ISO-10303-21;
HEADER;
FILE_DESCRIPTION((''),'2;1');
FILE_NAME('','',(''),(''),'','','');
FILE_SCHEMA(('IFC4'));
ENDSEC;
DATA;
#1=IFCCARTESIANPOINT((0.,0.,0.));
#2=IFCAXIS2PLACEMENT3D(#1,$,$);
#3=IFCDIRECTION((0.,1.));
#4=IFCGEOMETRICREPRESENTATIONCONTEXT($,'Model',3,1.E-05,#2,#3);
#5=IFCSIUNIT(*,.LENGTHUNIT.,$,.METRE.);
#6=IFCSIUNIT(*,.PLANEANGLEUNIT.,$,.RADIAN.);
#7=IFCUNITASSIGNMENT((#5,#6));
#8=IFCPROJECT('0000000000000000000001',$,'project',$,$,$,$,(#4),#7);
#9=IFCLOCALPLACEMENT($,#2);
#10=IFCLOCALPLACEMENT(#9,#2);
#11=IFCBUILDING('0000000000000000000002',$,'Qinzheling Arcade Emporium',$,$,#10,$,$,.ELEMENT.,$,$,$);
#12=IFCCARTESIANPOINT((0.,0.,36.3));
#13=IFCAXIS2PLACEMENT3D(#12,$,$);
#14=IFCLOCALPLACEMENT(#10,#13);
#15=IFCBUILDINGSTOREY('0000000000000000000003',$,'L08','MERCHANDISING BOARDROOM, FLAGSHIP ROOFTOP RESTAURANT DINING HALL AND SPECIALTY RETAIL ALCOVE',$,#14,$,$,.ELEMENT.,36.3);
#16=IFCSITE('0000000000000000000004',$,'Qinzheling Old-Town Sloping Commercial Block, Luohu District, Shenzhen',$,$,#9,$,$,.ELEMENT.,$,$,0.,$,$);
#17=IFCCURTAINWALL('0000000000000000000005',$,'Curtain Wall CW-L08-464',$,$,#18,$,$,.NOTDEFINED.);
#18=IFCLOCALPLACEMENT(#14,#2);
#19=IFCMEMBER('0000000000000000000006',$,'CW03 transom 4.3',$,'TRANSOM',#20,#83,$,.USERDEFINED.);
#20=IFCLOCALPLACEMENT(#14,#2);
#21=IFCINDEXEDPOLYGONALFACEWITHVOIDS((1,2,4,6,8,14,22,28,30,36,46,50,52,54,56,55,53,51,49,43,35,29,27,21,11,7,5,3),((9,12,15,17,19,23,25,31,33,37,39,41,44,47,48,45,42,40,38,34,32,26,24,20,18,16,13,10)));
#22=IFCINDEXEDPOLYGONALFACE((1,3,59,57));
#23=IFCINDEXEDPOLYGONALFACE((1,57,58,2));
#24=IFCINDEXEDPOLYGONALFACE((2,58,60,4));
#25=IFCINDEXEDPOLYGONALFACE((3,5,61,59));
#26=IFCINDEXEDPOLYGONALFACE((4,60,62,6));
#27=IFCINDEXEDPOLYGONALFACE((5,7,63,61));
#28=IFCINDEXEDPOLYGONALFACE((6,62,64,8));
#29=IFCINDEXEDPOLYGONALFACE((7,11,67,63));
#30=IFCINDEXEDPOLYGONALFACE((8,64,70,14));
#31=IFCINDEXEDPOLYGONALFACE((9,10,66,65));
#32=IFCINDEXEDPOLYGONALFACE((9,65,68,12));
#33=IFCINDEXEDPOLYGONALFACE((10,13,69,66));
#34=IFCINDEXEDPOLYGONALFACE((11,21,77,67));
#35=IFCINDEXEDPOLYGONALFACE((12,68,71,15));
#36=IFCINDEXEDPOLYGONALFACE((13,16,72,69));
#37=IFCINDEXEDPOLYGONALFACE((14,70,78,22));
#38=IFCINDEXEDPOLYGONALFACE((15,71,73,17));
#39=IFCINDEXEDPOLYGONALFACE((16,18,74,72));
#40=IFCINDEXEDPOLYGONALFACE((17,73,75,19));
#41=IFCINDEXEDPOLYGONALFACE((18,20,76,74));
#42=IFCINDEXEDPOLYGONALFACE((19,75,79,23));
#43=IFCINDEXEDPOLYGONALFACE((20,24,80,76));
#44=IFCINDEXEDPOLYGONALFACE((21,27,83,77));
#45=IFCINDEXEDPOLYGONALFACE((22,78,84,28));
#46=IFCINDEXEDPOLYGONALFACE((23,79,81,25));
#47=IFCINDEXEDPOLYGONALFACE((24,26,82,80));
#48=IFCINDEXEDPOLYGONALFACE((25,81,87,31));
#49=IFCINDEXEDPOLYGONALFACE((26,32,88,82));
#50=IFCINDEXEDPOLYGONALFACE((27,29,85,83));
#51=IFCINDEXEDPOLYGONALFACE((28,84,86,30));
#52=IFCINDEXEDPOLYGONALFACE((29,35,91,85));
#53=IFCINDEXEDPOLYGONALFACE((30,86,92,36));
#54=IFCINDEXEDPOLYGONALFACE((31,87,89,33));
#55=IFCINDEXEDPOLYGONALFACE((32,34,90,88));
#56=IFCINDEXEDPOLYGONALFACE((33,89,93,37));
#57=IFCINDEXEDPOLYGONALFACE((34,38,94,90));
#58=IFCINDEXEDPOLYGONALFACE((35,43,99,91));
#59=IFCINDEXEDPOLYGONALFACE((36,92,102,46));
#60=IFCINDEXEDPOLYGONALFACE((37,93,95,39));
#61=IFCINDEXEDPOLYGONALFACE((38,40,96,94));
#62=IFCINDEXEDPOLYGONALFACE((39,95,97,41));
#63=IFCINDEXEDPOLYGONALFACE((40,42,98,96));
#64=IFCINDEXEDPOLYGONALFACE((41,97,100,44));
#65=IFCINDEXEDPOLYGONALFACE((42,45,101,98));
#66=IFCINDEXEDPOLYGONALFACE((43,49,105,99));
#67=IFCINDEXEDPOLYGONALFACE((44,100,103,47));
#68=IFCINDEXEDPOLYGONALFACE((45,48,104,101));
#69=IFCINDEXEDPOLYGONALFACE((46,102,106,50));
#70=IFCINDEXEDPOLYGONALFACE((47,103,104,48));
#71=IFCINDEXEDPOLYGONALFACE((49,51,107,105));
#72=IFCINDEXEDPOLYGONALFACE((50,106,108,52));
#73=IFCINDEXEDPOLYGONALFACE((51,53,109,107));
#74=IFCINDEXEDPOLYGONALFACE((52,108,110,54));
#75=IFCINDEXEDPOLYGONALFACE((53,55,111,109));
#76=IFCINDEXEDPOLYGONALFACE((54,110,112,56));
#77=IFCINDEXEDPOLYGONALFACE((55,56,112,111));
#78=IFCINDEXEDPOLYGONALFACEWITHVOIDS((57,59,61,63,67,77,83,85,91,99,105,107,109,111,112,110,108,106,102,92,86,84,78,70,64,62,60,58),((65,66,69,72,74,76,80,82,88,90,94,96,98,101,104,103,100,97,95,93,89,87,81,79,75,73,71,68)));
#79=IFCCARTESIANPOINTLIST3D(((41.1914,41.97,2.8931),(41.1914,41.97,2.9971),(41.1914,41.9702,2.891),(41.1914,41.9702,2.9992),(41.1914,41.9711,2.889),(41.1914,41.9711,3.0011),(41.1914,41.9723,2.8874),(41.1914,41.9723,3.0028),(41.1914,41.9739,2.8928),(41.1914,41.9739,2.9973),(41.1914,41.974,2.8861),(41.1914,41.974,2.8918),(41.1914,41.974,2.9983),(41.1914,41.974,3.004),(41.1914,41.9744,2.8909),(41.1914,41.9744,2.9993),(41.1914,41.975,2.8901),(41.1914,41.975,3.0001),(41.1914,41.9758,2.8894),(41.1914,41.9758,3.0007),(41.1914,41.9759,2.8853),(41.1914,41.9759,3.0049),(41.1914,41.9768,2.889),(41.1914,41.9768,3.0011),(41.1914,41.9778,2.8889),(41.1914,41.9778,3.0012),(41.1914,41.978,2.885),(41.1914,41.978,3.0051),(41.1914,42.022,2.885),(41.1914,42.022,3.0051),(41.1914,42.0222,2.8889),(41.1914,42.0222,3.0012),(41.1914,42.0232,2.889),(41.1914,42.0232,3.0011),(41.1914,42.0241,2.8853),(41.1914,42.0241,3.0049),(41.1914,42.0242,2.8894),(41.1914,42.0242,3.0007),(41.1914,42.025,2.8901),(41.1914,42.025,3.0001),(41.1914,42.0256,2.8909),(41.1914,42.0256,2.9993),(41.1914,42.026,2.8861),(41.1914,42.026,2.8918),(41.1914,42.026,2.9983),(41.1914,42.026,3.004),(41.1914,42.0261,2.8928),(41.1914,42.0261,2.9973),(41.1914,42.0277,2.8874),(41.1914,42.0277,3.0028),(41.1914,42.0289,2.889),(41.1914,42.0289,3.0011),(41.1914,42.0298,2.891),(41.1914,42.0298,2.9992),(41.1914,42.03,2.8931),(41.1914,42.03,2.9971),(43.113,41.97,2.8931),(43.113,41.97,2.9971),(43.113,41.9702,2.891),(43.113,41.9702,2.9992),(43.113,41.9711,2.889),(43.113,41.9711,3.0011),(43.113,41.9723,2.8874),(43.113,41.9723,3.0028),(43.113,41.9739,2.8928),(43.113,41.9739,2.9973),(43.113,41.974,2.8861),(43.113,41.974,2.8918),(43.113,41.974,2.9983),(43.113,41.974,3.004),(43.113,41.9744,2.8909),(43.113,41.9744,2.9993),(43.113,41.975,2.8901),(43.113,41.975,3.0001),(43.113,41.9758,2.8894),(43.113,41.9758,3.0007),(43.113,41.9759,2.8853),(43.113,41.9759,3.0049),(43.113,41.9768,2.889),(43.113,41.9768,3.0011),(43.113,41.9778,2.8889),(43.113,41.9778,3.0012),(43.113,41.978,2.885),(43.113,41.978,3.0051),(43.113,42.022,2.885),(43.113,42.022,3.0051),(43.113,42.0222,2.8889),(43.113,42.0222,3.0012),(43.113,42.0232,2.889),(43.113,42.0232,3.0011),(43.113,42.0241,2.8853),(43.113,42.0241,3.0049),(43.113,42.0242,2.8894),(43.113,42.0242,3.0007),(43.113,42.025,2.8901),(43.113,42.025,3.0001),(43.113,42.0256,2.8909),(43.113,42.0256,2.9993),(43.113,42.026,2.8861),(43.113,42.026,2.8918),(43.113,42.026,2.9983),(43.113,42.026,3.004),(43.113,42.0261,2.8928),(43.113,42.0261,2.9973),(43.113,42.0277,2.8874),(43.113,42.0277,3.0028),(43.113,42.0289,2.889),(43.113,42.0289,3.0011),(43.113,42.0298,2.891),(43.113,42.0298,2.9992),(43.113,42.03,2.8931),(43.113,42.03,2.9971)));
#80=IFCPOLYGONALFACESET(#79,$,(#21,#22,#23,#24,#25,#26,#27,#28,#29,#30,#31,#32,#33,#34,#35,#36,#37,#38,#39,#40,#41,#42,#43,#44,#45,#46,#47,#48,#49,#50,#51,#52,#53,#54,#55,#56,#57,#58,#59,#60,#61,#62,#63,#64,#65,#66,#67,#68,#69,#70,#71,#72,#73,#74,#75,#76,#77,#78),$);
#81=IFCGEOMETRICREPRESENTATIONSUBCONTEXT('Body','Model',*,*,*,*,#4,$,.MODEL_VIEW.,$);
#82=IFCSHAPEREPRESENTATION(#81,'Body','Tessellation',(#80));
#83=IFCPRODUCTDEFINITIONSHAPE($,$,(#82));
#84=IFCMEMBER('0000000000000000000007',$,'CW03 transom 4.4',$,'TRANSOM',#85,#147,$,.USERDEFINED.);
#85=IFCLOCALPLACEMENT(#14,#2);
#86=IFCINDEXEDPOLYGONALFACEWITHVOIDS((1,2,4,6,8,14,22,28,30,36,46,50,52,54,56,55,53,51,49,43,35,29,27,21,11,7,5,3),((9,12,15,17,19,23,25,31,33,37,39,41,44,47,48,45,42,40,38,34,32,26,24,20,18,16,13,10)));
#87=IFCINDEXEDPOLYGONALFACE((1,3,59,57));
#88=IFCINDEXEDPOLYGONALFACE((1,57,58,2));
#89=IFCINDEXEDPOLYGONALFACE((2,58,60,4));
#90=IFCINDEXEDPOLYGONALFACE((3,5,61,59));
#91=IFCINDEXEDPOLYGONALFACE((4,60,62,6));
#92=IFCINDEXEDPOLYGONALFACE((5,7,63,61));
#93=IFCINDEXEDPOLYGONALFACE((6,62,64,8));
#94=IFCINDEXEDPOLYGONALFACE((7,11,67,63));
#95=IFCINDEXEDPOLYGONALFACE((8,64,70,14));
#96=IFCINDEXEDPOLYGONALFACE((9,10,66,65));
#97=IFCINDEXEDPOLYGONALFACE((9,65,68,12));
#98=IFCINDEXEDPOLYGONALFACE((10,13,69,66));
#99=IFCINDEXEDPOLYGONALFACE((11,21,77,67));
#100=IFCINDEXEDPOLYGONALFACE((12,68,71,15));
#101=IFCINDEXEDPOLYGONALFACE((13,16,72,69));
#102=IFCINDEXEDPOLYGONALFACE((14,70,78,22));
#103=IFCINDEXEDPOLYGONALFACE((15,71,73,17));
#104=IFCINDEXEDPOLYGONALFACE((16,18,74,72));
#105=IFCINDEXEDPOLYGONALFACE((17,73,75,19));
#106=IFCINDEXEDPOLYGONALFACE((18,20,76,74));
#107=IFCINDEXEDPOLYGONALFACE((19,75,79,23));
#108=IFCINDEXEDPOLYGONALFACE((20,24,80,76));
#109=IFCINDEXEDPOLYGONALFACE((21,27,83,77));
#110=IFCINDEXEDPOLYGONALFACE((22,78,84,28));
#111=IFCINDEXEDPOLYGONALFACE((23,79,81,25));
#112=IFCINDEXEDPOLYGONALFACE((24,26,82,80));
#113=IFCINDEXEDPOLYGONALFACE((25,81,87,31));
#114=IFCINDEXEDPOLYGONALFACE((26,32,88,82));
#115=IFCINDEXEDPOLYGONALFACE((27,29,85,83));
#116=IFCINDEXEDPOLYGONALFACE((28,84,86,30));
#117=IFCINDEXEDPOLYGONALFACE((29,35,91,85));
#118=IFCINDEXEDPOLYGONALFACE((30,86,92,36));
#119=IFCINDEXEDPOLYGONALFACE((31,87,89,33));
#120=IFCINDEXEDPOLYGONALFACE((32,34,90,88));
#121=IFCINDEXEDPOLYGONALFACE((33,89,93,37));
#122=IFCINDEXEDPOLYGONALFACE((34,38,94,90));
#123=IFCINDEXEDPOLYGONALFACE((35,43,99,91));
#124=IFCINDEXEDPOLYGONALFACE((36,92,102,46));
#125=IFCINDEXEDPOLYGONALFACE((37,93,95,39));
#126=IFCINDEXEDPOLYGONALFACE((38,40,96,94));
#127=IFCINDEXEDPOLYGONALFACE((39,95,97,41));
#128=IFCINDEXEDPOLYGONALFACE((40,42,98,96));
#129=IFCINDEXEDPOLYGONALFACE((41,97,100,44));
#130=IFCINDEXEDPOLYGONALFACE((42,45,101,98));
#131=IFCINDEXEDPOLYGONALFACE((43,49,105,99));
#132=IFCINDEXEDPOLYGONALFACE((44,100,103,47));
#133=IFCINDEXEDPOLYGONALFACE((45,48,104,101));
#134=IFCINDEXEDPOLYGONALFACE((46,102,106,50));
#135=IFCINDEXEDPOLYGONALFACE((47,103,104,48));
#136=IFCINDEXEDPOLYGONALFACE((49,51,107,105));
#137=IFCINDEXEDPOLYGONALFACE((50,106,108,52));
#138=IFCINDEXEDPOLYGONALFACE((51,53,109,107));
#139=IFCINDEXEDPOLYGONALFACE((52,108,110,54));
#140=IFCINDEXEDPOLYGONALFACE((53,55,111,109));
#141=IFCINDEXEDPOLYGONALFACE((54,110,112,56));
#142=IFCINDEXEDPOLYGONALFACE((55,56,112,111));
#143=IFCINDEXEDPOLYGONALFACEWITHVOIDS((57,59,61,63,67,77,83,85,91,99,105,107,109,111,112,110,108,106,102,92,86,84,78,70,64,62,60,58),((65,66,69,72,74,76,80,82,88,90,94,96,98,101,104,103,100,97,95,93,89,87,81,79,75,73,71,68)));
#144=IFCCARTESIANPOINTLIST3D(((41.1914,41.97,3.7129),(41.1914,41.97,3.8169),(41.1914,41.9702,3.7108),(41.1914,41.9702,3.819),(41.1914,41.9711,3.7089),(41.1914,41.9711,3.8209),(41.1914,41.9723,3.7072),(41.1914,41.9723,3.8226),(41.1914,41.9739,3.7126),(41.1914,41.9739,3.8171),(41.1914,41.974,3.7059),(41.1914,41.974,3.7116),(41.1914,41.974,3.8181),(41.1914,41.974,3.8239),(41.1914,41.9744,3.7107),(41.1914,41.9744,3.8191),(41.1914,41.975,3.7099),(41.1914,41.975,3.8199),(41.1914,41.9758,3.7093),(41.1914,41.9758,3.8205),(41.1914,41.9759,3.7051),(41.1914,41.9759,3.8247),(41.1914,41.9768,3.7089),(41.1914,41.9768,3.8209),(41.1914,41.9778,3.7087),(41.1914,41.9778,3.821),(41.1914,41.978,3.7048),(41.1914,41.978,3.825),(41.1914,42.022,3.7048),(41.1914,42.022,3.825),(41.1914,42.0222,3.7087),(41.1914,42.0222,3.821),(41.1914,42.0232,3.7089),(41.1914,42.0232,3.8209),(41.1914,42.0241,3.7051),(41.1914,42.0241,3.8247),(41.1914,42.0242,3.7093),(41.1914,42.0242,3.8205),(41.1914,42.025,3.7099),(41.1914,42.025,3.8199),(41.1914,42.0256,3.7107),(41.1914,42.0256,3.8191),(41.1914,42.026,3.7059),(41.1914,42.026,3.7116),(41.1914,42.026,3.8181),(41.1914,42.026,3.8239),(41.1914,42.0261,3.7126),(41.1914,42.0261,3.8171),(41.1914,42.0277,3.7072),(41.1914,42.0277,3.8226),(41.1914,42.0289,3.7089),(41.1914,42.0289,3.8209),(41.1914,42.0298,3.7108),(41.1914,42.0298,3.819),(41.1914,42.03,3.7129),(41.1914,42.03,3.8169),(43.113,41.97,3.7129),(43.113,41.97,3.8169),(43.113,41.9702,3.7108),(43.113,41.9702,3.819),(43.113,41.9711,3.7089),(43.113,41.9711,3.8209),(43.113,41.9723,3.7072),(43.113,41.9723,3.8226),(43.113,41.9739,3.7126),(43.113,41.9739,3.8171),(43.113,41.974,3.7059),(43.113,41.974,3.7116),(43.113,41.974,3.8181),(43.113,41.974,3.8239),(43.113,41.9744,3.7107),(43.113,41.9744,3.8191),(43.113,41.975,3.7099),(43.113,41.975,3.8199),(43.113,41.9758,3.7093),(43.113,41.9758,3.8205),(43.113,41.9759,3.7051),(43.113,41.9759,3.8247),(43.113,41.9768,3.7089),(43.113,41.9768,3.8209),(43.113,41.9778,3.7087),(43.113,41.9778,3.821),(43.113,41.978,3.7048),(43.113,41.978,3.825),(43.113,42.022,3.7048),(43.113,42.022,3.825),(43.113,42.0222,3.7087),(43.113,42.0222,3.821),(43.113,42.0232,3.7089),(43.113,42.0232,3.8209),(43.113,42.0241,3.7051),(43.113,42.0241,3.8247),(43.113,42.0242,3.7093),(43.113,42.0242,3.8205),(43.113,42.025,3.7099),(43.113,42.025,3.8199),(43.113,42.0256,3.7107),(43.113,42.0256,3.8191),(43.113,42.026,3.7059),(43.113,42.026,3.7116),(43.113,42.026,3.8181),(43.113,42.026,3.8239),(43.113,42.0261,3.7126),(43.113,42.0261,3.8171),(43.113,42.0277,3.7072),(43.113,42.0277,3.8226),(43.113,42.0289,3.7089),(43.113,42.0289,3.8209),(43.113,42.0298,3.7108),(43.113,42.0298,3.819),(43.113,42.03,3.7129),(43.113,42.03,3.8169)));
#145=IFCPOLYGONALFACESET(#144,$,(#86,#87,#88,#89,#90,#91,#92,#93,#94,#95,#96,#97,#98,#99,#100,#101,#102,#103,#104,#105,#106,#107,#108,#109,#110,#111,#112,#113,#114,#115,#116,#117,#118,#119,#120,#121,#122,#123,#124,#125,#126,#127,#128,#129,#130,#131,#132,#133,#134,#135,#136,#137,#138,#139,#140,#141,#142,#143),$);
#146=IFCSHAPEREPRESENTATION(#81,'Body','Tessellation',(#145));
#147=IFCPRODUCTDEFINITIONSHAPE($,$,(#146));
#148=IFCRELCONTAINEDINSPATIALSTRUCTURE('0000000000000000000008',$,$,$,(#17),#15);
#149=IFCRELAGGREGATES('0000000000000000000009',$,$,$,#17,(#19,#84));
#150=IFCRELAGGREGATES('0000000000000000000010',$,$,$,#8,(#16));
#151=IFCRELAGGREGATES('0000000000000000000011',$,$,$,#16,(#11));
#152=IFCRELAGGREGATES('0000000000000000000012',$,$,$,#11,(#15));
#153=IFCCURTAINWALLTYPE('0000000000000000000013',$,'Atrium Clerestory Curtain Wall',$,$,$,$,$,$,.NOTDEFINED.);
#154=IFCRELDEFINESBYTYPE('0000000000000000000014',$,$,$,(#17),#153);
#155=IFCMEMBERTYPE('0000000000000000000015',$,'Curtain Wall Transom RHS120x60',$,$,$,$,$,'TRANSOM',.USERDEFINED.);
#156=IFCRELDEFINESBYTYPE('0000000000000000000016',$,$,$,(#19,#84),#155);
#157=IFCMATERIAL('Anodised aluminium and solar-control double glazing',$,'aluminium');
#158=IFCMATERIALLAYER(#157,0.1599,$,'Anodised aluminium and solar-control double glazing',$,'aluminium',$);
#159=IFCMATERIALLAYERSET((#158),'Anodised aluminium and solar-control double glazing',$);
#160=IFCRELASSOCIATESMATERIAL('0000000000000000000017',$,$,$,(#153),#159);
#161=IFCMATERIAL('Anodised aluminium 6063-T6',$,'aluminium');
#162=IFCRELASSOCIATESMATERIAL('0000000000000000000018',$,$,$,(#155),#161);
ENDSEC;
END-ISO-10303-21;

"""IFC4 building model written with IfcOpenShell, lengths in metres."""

from ifc_helpers import new_model, si_unit, direction, frame, origin, origin_2d, place, context, subcontext, project, spatial, hollow_rectangle, extrude, material, layer, layer_set, material_profile, profile_set, type_object, element, aggregate, save


model = new_model("IFC4")

# Units and contexts
model_context = context("Model", 3, precision=1e-05, world=origin(), true_north=direction((0.0, 1.0)))
body_context = subcontext(model_context, "Body", "Model", "MODEL_VIEW")
ifc_project = project(units=[si_unit("LENGTHUNIT", "METRE"), si_unit("PLANEANGLEUNIT", "RADIAN")], contexts=[model_context])

# Site, building, storey
site_placement = place(None, origin())
site = spatial("IfcSite", under=ifc_project, at=site_placement, Name="Qinzheling Old-Town Sloping Commercial Block, Luohu District, Shenzhen", CompositionType="ELEMENT", RefElevation=0.0)
building_placement = place(site_placement, origin())
building = spatial("IfcBuilding", under=site, at=building_placement, Name="Qinzheling Arcade Emporium", CompositionType="ELEMENT")
storey_placement = place(building_placement, frame((0.0, 0.0, 36.3)))
storey = spatial("IfcBuildingStorey", under=building, at=storey_placement, Name="L08", Description="MERCHANDISING BOARDROOM, FLAGSHIP ROOFTOP RESTAURANT DINING HALL AND SPECIALTY RETAIL ALCOVE", CompositionType="ELEMENT", Elevation=36.3)

# Curtain wall
ifc_material_1 = material(Name="Anodised aluminium and solar-control double glazing", Category="aluminium")
ifc_layer_1 = layer(ifc_material_1, 0.1599, Name="Anodised aluminium and solar-control double glazing", Category="aluminium")
ifc_layer_set_1 = layer_set([ifc_layer_1], Name="Anodised aluminium and solar-control double glazing")
curtain_wall_type = type_object("IfcCurtainWallType", Name="Atrium Clerestory Curtain Wall", PredefinedType="NOTDEFINED", material=ifc_layer_set_1)
curtain_wall_1_placement = place(storey_placement, origin())
curtain_wall_1 = element("IfcCurtainWall", 1, at=curtain_wall_1_placement, inside=storey, type_object=curtain_wall_type, Name="Curtain Wall CW-L08-464", PredefinedType="NOTDEFINED")
ifc_material_2 = material(Name="Anodised aluminium 6063-T6", Category="aluminium")

# Members
ifc_material_profile_1 = material_profile(ifc_material_2, hollow_rectangle(XDim=0.0601, YDim=0.1201, WallThickness=0.0039, InnerFilletRadius=0.0039, OuterFilletRadius=0.0081, at=origin_2d()), Name="RHS 120x60x4", Category="aluminium")
ifc_profile_set_1 = profile_set([ifc_material_profile_1], Name="Anodised aluminium 6063-T6")
member_type_1 = type_object("IfcMemberType", Name="Curtain Wall Transom RHS120x60", ElementType="TRANSOM", PredefinedType="USERDEFINED", material=ifc_profile_set_1)
member_1_placement = place(storey_placement, frame((41.1914, 42.0, 2.9451), z_axis=(1.0, 0.0, 0.0), x_axis=(0.0, 1.0, 0.0)))
member_1 = element("IfcMember", 2, at=member_1_placement, type_object=member_type_1, Name="CW03 transom 4.3", ObjectType="TRANSOM", PredefinedType="USERDEFINED", context=body_context, shape_type="SweptSolid", body=[
    extrude(hollow_rectangle(XDim=0.0601, YDim=0.1201, WallThickness=0.0039, InnerFilletRadius=0.0039, OuterFilletRadius=0.0081, at=origin_2d()), origin(), (0.0, 0.0, 1.0), 1.9216),
])
member_2_placement = place(storey_placement, frame((41.1914, 42.0, 3.7649), z_axis=(1.0, 0.0, 0.0), x_axis=(0.0, 1.0, 0.0)))
member_2 = element("IfcMember", 3, at=member_2_placement, type_object=member_type_1, Name="CW03 transom 4.4", ObjectType="TRANSOM", PredefinedType="USERDEFINED", context=body_context, shape_type="SweptSolid", body=[
    extrude(hollow_rectangle(XDim=0.0601, YDim=0.1201, WallThickness=0.0039, InnerFilletRadius=0.0039, OuterFilletRadius=0.0081, at=origin_2d()), origin(), (0.0, 0.0, 1.0), 1.9216),
])

aggregate(curtain_wall_1, [member_1, member_2])

save(model, "model.ifc")
